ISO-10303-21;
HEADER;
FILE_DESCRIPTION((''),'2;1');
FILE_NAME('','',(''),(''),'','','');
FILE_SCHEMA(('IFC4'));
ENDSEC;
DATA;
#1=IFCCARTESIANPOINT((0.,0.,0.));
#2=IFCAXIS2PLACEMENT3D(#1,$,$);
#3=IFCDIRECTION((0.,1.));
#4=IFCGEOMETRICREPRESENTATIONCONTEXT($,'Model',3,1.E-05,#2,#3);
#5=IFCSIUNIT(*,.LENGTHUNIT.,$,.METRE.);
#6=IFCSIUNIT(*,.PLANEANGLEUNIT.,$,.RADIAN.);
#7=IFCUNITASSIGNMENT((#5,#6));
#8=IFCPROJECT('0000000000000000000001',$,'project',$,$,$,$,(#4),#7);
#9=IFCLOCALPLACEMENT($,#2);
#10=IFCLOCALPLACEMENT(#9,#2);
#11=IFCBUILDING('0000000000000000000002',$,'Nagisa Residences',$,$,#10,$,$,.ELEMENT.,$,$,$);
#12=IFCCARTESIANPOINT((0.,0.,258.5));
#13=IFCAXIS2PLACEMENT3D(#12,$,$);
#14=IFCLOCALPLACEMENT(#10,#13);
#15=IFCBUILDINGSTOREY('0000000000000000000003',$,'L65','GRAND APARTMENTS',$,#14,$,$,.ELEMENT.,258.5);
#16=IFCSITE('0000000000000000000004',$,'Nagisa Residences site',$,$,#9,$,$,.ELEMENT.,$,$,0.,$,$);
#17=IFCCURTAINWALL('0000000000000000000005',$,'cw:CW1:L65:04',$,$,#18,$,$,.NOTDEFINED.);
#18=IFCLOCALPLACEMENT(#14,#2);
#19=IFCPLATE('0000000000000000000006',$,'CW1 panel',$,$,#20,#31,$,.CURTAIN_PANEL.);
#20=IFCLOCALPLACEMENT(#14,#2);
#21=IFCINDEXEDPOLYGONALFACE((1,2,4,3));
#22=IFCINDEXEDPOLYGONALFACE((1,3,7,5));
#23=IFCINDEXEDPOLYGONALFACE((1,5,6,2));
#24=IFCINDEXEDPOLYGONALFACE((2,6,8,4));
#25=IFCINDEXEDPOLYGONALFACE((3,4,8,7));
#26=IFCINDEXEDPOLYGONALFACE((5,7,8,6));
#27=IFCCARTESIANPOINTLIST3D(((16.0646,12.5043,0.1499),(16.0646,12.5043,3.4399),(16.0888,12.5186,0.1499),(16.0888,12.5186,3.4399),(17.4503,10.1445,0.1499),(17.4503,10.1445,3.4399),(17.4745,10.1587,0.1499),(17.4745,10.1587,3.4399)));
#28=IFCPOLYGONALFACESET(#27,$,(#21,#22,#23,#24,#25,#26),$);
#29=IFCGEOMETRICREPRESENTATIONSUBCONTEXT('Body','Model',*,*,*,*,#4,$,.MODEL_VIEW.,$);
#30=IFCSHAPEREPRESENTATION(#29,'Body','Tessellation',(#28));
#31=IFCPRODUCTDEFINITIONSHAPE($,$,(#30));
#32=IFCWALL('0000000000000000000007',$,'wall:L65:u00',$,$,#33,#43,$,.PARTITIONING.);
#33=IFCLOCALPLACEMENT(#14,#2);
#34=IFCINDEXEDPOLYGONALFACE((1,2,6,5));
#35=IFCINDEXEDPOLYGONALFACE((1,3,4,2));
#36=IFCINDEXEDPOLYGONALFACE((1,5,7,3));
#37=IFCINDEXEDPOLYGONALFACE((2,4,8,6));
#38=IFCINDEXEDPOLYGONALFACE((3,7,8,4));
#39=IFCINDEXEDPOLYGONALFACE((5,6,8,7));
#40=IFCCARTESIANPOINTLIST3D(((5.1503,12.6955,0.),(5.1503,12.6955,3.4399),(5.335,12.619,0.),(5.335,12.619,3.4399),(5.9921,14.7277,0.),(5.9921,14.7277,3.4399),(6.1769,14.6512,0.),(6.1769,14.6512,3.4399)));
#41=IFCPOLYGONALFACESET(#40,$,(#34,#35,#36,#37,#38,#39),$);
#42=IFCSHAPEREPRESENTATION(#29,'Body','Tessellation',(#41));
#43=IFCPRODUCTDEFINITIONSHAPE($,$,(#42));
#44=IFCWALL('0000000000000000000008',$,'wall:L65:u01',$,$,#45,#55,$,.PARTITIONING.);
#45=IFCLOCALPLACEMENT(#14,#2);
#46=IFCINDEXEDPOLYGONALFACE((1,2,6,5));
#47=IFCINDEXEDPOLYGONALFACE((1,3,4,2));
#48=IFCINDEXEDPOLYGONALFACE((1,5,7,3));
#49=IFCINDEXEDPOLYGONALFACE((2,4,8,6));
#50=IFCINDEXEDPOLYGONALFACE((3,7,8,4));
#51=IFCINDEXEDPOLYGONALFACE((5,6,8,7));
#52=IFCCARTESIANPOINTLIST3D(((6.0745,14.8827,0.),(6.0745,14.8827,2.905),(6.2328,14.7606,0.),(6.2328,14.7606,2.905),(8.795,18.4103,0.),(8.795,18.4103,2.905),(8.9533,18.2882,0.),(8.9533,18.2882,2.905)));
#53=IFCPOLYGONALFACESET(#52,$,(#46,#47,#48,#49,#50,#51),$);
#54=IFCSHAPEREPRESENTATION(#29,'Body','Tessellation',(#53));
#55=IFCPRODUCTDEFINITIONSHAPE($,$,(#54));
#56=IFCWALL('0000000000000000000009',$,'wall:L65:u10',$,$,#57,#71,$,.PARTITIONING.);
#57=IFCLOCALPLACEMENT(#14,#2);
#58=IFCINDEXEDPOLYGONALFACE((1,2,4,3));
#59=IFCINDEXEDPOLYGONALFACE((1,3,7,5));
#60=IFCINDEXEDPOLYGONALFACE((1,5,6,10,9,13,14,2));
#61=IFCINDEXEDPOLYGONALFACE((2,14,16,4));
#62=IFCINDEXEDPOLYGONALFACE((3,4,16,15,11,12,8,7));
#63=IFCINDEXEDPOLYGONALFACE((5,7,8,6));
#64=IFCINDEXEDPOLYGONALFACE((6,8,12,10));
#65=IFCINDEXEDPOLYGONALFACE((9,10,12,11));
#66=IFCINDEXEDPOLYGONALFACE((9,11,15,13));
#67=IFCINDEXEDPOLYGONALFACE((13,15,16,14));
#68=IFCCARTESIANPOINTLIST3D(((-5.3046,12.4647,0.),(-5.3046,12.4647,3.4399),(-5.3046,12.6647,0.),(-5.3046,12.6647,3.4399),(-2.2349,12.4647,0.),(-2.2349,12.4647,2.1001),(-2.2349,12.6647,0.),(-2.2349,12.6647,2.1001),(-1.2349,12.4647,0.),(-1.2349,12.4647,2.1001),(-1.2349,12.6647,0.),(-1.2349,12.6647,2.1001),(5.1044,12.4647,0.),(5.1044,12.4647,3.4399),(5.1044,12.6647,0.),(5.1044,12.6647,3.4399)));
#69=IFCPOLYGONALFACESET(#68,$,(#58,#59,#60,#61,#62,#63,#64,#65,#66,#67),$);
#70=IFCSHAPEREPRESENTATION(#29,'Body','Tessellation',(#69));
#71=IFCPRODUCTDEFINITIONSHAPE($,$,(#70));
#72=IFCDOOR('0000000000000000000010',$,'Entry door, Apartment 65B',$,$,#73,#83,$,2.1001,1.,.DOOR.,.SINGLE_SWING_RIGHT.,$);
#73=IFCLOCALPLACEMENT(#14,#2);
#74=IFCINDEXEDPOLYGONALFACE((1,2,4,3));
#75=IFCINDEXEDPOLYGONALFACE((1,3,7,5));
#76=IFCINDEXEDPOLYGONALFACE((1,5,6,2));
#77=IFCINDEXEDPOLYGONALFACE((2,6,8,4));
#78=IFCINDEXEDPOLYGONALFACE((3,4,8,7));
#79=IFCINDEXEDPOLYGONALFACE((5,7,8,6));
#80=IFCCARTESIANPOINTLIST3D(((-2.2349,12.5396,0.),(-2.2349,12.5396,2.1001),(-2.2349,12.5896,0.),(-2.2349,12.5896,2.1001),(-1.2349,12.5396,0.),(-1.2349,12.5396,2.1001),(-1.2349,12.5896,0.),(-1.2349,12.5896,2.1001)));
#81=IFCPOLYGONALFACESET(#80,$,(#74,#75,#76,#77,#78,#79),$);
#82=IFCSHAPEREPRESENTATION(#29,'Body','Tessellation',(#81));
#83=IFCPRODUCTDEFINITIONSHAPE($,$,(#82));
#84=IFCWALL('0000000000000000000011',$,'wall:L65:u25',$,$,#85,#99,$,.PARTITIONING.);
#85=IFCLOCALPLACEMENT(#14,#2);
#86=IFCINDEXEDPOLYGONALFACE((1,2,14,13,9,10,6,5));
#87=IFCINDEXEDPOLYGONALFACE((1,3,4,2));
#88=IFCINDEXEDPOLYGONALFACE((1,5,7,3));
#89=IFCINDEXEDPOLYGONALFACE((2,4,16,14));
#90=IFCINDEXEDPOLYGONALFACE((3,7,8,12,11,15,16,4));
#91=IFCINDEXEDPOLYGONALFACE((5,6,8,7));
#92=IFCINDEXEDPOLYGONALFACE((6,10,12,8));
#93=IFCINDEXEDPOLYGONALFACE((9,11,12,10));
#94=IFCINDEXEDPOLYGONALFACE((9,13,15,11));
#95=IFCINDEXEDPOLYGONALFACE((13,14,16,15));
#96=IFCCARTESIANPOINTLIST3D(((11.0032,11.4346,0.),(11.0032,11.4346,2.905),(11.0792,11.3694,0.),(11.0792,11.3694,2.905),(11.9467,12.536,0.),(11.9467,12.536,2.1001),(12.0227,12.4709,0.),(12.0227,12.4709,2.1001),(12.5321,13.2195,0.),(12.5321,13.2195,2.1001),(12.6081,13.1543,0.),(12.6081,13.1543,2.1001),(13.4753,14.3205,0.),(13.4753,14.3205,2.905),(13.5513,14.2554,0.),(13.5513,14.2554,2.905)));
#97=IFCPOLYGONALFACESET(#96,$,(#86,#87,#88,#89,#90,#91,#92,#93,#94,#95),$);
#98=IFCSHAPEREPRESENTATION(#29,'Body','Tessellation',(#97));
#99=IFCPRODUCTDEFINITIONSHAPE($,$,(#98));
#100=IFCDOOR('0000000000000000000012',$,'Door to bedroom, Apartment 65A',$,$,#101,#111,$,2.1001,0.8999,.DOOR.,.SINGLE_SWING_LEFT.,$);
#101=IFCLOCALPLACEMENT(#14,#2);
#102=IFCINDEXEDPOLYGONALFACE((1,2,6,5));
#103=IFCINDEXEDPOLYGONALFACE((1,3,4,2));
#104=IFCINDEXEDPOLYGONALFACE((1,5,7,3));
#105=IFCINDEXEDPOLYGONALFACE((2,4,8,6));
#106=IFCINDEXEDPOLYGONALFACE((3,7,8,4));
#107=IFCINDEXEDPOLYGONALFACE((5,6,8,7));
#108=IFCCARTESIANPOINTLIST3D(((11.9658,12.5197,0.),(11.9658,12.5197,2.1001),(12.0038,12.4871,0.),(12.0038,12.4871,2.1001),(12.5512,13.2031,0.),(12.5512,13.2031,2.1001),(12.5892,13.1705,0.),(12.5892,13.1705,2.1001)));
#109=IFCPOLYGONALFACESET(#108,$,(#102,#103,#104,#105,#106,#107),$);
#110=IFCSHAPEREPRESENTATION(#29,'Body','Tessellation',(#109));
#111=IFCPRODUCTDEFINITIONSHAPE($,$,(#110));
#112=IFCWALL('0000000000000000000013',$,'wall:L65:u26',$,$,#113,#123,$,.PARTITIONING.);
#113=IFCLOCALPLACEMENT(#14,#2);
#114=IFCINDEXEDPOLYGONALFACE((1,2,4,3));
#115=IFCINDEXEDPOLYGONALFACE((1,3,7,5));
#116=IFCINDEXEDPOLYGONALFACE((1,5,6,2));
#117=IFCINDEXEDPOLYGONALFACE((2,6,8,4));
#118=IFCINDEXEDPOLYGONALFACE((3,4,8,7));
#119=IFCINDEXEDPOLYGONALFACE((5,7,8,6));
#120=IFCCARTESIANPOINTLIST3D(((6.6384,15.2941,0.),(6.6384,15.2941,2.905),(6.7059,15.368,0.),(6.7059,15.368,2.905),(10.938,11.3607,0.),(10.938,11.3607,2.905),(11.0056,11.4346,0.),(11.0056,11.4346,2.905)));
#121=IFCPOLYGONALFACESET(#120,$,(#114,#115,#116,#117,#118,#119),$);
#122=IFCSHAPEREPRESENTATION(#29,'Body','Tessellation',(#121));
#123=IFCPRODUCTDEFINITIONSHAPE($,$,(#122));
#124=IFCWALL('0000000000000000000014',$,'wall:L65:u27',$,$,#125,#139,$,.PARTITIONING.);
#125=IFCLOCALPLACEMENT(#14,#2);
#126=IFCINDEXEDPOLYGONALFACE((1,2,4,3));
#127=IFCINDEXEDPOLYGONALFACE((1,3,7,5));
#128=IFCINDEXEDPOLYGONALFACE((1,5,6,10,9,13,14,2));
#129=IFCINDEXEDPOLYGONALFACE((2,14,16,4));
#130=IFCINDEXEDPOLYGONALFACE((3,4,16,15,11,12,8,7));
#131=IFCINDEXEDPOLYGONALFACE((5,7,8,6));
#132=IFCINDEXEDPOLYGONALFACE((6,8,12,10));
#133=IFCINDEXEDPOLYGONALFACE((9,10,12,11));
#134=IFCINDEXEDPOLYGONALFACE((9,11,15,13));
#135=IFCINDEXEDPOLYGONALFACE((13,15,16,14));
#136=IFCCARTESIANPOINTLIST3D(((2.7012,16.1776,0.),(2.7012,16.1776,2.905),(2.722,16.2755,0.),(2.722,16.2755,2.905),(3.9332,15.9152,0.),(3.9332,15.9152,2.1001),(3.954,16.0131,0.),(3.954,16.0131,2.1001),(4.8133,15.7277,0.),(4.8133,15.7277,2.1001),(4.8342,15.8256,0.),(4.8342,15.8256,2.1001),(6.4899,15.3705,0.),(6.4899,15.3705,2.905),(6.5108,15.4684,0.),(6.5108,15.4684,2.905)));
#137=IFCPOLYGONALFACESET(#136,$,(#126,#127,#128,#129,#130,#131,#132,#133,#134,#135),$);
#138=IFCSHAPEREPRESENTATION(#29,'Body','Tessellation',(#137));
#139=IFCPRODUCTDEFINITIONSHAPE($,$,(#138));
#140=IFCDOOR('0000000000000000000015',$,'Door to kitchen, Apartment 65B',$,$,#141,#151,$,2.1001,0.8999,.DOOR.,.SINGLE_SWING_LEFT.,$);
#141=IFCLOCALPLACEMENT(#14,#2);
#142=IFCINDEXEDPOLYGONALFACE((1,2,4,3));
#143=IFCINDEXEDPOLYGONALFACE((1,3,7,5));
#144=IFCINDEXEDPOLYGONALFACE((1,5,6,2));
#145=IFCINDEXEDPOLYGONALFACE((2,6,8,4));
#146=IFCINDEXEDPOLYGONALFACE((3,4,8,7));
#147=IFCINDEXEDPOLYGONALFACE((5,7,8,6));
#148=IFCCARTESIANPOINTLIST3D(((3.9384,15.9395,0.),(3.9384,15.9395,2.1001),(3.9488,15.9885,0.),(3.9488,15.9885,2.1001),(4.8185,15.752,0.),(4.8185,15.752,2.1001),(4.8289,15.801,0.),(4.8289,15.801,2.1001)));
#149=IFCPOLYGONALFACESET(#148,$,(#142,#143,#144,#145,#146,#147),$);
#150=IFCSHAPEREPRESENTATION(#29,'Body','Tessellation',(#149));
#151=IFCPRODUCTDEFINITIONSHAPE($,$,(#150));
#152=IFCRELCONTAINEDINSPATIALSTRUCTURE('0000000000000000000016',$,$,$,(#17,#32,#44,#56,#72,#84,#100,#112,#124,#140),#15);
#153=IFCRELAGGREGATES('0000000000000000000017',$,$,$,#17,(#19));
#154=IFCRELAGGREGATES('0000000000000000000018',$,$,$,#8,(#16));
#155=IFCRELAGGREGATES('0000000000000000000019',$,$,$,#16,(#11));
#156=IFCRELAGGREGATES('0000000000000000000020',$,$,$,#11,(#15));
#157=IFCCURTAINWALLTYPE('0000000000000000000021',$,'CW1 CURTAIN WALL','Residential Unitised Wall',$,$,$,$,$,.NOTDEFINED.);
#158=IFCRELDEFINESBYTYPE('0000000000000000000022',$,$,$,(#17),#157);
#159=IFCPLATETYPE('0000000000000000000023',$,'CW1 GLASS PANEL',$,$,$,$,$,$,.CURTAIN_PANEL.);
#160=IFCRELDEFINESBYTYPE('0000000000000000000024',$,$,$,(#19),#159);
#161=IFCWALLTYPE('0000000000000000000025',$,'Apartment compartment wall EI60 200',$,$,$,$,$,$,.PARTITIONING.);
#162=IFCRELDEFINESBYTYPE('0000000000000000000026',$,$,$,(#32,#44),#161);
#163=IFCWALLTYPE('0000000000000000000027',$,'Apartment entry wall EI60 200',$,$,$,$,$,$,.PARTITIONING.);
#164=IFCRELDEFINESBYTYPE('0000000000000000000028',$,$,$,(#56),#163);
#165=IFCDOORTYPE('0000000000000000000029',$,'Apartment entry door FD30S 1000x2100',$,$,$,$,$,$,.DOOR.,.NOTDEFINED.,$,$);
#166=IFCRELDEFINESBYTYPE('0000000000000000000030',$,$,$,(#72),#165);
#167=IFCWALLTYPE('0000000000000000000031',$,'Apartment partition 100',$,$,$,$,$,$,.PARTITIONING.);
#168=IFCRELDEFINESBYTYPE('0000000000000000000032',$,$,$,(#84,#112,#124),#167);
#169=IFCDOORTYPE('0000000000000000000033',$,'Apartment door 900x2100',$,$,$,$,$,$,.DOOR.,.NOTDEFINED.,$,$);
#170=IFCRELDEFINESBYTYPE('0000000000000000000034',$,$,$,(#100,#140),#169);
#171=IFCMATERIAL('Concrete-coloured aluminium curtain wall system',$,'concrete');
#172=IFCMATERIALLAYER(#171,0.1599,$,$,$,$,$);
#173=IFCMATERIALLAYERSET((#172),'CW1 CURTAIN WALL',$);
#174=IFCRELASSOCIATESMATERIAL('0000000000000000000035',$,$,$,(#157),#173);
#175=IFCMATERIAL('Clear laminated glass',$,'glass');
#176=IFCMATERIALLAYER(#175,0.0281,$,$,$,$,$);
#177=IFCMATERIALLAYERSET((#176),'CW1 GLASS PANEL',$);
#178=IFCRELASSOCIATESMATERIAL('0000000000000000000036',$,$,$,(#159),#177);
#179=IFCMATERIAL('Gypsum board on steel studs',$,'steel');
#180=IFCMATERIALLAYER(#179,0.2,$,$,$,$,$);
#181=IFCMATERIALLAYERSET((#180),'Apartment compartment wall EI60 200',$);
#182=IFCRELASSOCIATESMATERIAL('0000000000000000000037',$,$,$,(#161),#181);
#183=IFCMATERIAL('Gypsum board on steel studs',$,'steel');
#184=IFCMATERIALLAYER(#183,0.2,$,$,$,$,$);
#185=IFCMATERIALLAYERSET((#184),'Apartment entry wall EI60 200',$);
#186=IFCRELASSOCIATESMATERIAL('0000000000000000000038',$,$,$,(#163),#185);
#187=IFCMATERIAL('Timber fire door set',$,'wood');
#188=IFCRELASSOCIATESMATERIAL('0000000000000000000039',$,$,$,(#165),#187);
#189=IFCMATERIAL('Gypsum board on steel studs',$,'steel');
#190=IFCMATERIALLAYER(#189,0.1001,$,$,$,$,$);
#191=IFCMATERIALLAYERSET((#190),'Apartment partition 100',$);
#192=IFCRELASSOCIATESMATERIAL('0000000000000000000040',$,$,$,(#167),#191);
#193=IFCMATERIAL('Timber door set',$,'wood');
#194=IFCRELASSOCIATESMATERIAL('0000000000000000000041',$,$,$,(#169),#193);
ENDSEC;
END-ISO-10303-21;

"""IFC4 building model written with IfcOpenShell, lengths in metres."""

from ifc_helpers import new_model, si_unit, direction, frame, frame_2d, origin, origin_2d, place, context, subcontext, project, spatial, rectangle, extrude, material, layer, layer_set, type_object, element, fill, aggregate, save


model = new_model("IFC4")

# Units and contexts
model_context = context("Model", 3, precision=1e-05, world=origin(), true_north=direction((0.0, 1.0)))
body_context = subcontext(model_context, "Body", "Model", "MODEL_VIEW")
ifc_project = project(units=[si_unit("LENGTHUNIT", "METRE"), si_unit("PLANEANGLEUNIT", "RADIAN")], contexts=[model_context])

# Site, building, storey
site_placement = place(None, origin())
site = spatial("IfcSite", under=ifc_project, at=site_placement, Name="Nagisa Residences site", CompositionType="ELEMENT", RefElevation=0.0)
building_placement = place(site_placement, origin())
building = spatial("IfcBuilding", under=site, at=building_placement, Name="Nagisa Residences", CompositionType="ELEMENT")
storey_placement = place(building_placement, frame((0.0, 0.0, 258.5)))
storey = spatial("IfcBuildingStorey", under=building, at=storey_placement, Name="L65", Description="GRAND APARTMENTS", CompositionType="ELEMENT", Elevation=258.5)

# Curtain wall
ifc_material_1 = material(Name="Concrete-coloured aluminium curtain wall system", Category="concrete")
ifc_layer_1 = layer(ifc_material_1, 0.1599)
ifc_layer_set_1 = layer_set([ifc_layer_1], Name="CW1 CURTAIN WALL")
curtain_wall_type = type_object("IfcCurtainWallType", Name="CW1 CURTAIN WALL", Description="Residential Unitised Wall", PredefinedType="NOTDEFINED", material=ifc_layer_set_1)
curtain_wall_1_placement = place(storey_placement, origin())
curtain_wall_1 = element("IfcCurtainWall", 1, at=curtain_wall_1_placement, inside=storey, type_object=curtain_wall_type, Name="cw:CW1:L65:04", PredefinedType="NOTDEFINED")

# Plate
ifc_material_2 = material(Name="Clear laminated glass", Category="glass")
ifc_layer_2 = layer(ifc_material_2, 0.0281)
ifc_layer_set_2 = layer_set([ifc_layer_2], Name="CW1 GLASS PANEL")
plate_type = type_object("IfcPlateType", Name="CW1 GLASS PANEL", PredefinedType="CURTAIN_PANEL", material=ifc_layer_set_2)
plate_placement = place(storey_placement, frame((16.7695, 11.3315, 0.1499), z_axis=(0.0, 0.0, 1.0), x_axis=(-0.506349, 0.862329, 0.0)))
plate = element("IfcPlate", 2, at=plate_placement, type_object=plate_type, Name="CW1 panel", PredefinedType="CURTAIN_PANEL", context=body_context, shape_type="SweptSolid", body=[
    extrude(rectangle(XDim=2.7366, YDim=0.0281, at=origin_2d()), origin(), (0.0, 0.0, 1.0), 3.29),
])
aggregate(curtain_wall_1, [plate])

# Walls
ifc_material_3 = material(Name="Gypsum board on steel studs", Category="steel")
ifc_layer_3 = layer(ifc_material_3, 0.2)
ifc_layer_set_3 = layer_set([ifc_layer_3], Name="Apartment compartment wall EI60 200")
wall_type_1 = type_object("IfcWallType", Name="Apartment compartment wall EI60 200", PredefinedType="PARTITIONING", material=ifc_layer_set_3)
wall_1_placement = place(storey_placement, frame((5.2427, 12.6572, 0.0), z_axis=(0.0, 0.0, 1.0), x_axis=(0.382692, 0.923876, 0.0)))
element("IfcWall", 3, at=wall_1_placement, inside=storey, type_object=wall_type_1, Name="wall:L65:u00", PredefinedType="PARTITIONING", context=body_context, shape_type="SweptSolid", body=[
    extrude(rectangle(XDim=2.1997, YDim=0.2, at=frame_2d((1.0999, 0.0))), origin(), (0.0, 0.0, 1.0), 3.4399),
])
wall_2_placement = place(storey_placement, frame((6.1536, 14.8215, 0.0), z_axis=(0.0, 0.0, 1.0), x_axis=(0.610688, 0.791872, 0.0)))
element("IfcWall", 4, at=wall_2_placement, inside=storey, type_object=wall_type_1, Name="wall:L65:u01", PredefinedType="PARTITIONING", context=body_context, shape_type="SweptSolid", body=[
    extrude(rectangle(XDim=4.4548, YDim=0.2, at=frame_2d((2.2275, 0.0))), origin(), (0.0, 0.0, 1.0), 2.905),
])

# Walls, openings, doors
ifc_material_4 = material(Name="Gypsum board on steel studs", Category="steel")
ifc_layer_4 = layer(ifc_material_4, 0.2)
ifc_layer_set_4 = layer_set([ifc_layer_4], Name="Apartment entry wall EI60 200")
wall_type_2 = type_object("IfcWallType", Name="Apartment entry wall EI60 200", PredefinedType="PARTITIONING", material=ifc_layer_set_4)
wall_3_placement = place(storey_placement, frame((5.1045, 12.5647, 0.0), z_axis=(0.0, 0.0, 1.0), x_axis=(-1.0, 0.0, 0.0)))
wall_3 = element("IfcWall", 5, at=wall_3_placement, inside=storey, type_object=wall_type_2, Name="wall:L65:u10", PredefinedType="PARTITIONING", context=body_context, shape_type="SweptSolid", body=[
    extrude(rectangle(XDim=10.4089, YDim=0.2, at=frame_2d((5.2046, 0.0))), origin(), (0.0, 0.0, 1.0), 3.4399),
])
opening_1_placement = place(wall_3_placement, frame((6.3394, 0.0, 0.0)))
opening_1 = element("IfcOpeningElement", 6, at=opening_1_placement, cuts=wall_3, PredefinedType="OPENING", context=body_context, shape_type="SweptSolid", body=[
    extrude(rectangle(XDim=1.0, YDim=2.1001, at=frame_2d((0.5, 1.05))), frame((0.0, 0.1099, 0.0), z_axis=(0.0, -1.0, 0.0), x_axis=(1.0, 0.0, 0.0)), (0.0, 0.0, 1.0), 0.22),
])
ifc_material_5 = material(Name="Timber fire door set", Category="wood")
door_type_1 = type_object("IfcDoorType", Name="Apartment entry door FD30S 1000x2100", OperationType="NOTDEFINED", PredefinedType="DOOR", material=ifc_material_5)
door_1_placement = place(opening_1_placement, frame((1.0, 0.0, 0.0), x_axis=(-1.0, 0.0, 0.0)))
door_1 = element("IfcDoor", 7, at=door_1_placement, inside=storey, type_object=door_type_1, Name="Entry door, Apartment 65B", OperationType="SINGLE_SWING_RIGHT", OverallHeight=2.1001, OverallWidth=1.0, PredefinedType="DOOR", context=body_context, shape_type="SweptSolid", body=[
    extrude(rectangle(XDim=1.0, YDim=2.1001, at=frame_2d((0.5, 1.05))), frame((0.0, 0.0249, 0.0), z_axis=(0.0, -1.0, 0.0), x_axis=(1.0, 0.0, 0.0)), (0.0, 0.0, 1.0), 0.05),
])
fill(opening_1, door_1)
ifc_material_6 = material(Name="Gypsum board on steel studs", Category="steel")
ifc_layer_5 = layer(ifc_material_6, 0.1001)
ifc_layer_set_5 = layer_set([ifc_layer_5], Name="Apartment partition 100")
wall_type_3 = type_object("IfcWallType", Name="Apartment partition 100", PredefinedType="PARTITIONING", material=ifc_layer_set_5)
wall_4_placement = place(storey_placement, frame((11.0413, 11.4021, 0.0), z_axis=(0.0, 0.0, 1.0), x_axis=(0.650559, 0.759456, 0.0)))
wall_4 = element("IfcWall", 8, at=wall_4_placement, inside=storey, type_object=wall_type_3, Name="wall:L65:u25", PredefinedType="PARTITIONING", context=body_context, shape_type="SweptSolid", body=[
    extrude(rectangle(XDim=3.8, YDim=0.1001, at=frame_2d((1.8999, 0.0))), origin(), (0.0, 0.0, 1.0), 2.905),
])
opening_2_placement = place(wall_4_placement, frame((1.4502, 0.0, 0.0)))
opening_2 = element("IfcOpeningElement", 9, at=opening_2_placement, cuts=wall_4, PredefinedType="OPENING", context=body_context, shape_type="SweptSolid", body=[
    extrude(rectangle(XDim=0.8999, YDim=2.1001, at=frame_2d((0.45, 1.05))), frame((0.0, 0.0601, 0.0), z_axis=(0.0, -1.0, 0.0), x_axis=(1.0, 0.0, 0.0)), (0.0, 0.0, 1.0), 0.1201),
])
ifc_material_7 = material(Name="Timber door set", Category="wood")
door_type_2 = type_object("IfcDoorType", Name="Apartment door 900x2100", OperationType="NOTDEFINED", PredefinedType="DOOR", material=ifc_material_7)
door_2_placement = place(opening_2_placement, origin())
door_2 = element("IfcDoor", 10, at=door_2_placement, inside=storey, type_object=door_type_2, Name="Door to bedroom, Apartment 65A", OperationType="SINGLE_SWING_LEFT", OverallHeight=2.1001, OverallWidth=0.8999, PredefinedType="DOOR", context=body_context, shape_type="SweptSolid", body=[
    extrude(rectangle(XDim=0.8999, YDim=2.1001, at=frame_2d((0.45, 1.05))), frame((0.0, 0.0249, 0.0), z_axis=(0.0, -1.0, 0.0), x_axis=(1.0, 0.0, 0.0)), (0.0, 0.0, 1.0), 0.05),
])
fill(opening_2, door_2)

# Wall
wall_5_placement = place(storey_placement, frame((10.9717, 11.3977, 0.0), z_axis=(0.0, 0.0, 1.0), x_axis=(-0.73783, 0.674986, 0.0)))
element("IfcWall", 11, at=wall_5_placement, inside=storey, type_object=wall_type_3, Name="wall:L65:u26", PredefinedType="PARTITIONING", context=body_context, shape_type="SweptSolid", body=[
    extrude(rectangle(XDim=5.8274, YDim=0.1001, at=frame_2d((2.9136, 0.0))), origin(), (0.0, 0.0, 1.0), 2.905),
])

# Wall, opening, door
wall_6_placement = place(storey_placement, frame((6.5005, 15.4194, 0.0), z_axis=(0.0, 0.0, 1.0), x_axis=(-0.978053, 0.208354, 0.0)))
wall_6 = element("IfcWall", 12, at=wall_6_placement, inside=storey, type_object=wall_type_3, Name="wall:L65:u27", PredefinedType="PARTITIONING", context=body_context, shape_type="SweptSolid", body=[
    extrude(rectangle(XDim=3.8738, YDim=0.1001, at=frame_2d((1.937, 0.0))), origin(), (0.0, 0.0, 1.0), 2.905),
])
opening_3_placement = place(wall_6_placement, frame((1.7144, 0.0, 0.0)))
opening_3 = element("IfcOpeningElement", 13, at=opening_3_placement, cuts=wall_6, PredefinedType="OPENING", context=body_context, shape_type="SweptSolid", body=[
    extrude(rectangle(XDim=0.8999, YDim=2.1001, at=frame_2d((0.45, 1.05))), frame((0.0, 0.0601, 0.0), z_axis=(0.0, -1.0, 0.0), x_axis=(1.0, 0.0, 0.0)), (0.0, 0.0, 1.0), 0.1201),
])
door_3_placement = place(opening_3_placement, frame((0.8999, 0.0, 0.0), x_axis=(-1.0, 0.0, 0.0)))
door_3 = element("IfcDoor", 14, at=door_3_placement, inside=storey, type_object=door_type_2, Name="Door to kitchen, Apartment 65B", OperationType="SINGLE_SWING_LEFT", OverallHeight=2.1001, OverallWidth=0.8999, PredefinedType="DOOR", context=body_context, shape_type="SweptSolid", body=[
    extrude(rectangle(XDim=0.8999, YDim=2.1001, at=frame_2d((0.45, 1.05))), frame((0.0, 0.0249, 0.0), z_axis=(0.0, -1.0, 0.0), x_axis=(1.0, 0.0, 0.0)), (0.0, 0.0, 1.0), 0.05),
])
fill(opening_3, door_3)

save(model, "model.ifc")
